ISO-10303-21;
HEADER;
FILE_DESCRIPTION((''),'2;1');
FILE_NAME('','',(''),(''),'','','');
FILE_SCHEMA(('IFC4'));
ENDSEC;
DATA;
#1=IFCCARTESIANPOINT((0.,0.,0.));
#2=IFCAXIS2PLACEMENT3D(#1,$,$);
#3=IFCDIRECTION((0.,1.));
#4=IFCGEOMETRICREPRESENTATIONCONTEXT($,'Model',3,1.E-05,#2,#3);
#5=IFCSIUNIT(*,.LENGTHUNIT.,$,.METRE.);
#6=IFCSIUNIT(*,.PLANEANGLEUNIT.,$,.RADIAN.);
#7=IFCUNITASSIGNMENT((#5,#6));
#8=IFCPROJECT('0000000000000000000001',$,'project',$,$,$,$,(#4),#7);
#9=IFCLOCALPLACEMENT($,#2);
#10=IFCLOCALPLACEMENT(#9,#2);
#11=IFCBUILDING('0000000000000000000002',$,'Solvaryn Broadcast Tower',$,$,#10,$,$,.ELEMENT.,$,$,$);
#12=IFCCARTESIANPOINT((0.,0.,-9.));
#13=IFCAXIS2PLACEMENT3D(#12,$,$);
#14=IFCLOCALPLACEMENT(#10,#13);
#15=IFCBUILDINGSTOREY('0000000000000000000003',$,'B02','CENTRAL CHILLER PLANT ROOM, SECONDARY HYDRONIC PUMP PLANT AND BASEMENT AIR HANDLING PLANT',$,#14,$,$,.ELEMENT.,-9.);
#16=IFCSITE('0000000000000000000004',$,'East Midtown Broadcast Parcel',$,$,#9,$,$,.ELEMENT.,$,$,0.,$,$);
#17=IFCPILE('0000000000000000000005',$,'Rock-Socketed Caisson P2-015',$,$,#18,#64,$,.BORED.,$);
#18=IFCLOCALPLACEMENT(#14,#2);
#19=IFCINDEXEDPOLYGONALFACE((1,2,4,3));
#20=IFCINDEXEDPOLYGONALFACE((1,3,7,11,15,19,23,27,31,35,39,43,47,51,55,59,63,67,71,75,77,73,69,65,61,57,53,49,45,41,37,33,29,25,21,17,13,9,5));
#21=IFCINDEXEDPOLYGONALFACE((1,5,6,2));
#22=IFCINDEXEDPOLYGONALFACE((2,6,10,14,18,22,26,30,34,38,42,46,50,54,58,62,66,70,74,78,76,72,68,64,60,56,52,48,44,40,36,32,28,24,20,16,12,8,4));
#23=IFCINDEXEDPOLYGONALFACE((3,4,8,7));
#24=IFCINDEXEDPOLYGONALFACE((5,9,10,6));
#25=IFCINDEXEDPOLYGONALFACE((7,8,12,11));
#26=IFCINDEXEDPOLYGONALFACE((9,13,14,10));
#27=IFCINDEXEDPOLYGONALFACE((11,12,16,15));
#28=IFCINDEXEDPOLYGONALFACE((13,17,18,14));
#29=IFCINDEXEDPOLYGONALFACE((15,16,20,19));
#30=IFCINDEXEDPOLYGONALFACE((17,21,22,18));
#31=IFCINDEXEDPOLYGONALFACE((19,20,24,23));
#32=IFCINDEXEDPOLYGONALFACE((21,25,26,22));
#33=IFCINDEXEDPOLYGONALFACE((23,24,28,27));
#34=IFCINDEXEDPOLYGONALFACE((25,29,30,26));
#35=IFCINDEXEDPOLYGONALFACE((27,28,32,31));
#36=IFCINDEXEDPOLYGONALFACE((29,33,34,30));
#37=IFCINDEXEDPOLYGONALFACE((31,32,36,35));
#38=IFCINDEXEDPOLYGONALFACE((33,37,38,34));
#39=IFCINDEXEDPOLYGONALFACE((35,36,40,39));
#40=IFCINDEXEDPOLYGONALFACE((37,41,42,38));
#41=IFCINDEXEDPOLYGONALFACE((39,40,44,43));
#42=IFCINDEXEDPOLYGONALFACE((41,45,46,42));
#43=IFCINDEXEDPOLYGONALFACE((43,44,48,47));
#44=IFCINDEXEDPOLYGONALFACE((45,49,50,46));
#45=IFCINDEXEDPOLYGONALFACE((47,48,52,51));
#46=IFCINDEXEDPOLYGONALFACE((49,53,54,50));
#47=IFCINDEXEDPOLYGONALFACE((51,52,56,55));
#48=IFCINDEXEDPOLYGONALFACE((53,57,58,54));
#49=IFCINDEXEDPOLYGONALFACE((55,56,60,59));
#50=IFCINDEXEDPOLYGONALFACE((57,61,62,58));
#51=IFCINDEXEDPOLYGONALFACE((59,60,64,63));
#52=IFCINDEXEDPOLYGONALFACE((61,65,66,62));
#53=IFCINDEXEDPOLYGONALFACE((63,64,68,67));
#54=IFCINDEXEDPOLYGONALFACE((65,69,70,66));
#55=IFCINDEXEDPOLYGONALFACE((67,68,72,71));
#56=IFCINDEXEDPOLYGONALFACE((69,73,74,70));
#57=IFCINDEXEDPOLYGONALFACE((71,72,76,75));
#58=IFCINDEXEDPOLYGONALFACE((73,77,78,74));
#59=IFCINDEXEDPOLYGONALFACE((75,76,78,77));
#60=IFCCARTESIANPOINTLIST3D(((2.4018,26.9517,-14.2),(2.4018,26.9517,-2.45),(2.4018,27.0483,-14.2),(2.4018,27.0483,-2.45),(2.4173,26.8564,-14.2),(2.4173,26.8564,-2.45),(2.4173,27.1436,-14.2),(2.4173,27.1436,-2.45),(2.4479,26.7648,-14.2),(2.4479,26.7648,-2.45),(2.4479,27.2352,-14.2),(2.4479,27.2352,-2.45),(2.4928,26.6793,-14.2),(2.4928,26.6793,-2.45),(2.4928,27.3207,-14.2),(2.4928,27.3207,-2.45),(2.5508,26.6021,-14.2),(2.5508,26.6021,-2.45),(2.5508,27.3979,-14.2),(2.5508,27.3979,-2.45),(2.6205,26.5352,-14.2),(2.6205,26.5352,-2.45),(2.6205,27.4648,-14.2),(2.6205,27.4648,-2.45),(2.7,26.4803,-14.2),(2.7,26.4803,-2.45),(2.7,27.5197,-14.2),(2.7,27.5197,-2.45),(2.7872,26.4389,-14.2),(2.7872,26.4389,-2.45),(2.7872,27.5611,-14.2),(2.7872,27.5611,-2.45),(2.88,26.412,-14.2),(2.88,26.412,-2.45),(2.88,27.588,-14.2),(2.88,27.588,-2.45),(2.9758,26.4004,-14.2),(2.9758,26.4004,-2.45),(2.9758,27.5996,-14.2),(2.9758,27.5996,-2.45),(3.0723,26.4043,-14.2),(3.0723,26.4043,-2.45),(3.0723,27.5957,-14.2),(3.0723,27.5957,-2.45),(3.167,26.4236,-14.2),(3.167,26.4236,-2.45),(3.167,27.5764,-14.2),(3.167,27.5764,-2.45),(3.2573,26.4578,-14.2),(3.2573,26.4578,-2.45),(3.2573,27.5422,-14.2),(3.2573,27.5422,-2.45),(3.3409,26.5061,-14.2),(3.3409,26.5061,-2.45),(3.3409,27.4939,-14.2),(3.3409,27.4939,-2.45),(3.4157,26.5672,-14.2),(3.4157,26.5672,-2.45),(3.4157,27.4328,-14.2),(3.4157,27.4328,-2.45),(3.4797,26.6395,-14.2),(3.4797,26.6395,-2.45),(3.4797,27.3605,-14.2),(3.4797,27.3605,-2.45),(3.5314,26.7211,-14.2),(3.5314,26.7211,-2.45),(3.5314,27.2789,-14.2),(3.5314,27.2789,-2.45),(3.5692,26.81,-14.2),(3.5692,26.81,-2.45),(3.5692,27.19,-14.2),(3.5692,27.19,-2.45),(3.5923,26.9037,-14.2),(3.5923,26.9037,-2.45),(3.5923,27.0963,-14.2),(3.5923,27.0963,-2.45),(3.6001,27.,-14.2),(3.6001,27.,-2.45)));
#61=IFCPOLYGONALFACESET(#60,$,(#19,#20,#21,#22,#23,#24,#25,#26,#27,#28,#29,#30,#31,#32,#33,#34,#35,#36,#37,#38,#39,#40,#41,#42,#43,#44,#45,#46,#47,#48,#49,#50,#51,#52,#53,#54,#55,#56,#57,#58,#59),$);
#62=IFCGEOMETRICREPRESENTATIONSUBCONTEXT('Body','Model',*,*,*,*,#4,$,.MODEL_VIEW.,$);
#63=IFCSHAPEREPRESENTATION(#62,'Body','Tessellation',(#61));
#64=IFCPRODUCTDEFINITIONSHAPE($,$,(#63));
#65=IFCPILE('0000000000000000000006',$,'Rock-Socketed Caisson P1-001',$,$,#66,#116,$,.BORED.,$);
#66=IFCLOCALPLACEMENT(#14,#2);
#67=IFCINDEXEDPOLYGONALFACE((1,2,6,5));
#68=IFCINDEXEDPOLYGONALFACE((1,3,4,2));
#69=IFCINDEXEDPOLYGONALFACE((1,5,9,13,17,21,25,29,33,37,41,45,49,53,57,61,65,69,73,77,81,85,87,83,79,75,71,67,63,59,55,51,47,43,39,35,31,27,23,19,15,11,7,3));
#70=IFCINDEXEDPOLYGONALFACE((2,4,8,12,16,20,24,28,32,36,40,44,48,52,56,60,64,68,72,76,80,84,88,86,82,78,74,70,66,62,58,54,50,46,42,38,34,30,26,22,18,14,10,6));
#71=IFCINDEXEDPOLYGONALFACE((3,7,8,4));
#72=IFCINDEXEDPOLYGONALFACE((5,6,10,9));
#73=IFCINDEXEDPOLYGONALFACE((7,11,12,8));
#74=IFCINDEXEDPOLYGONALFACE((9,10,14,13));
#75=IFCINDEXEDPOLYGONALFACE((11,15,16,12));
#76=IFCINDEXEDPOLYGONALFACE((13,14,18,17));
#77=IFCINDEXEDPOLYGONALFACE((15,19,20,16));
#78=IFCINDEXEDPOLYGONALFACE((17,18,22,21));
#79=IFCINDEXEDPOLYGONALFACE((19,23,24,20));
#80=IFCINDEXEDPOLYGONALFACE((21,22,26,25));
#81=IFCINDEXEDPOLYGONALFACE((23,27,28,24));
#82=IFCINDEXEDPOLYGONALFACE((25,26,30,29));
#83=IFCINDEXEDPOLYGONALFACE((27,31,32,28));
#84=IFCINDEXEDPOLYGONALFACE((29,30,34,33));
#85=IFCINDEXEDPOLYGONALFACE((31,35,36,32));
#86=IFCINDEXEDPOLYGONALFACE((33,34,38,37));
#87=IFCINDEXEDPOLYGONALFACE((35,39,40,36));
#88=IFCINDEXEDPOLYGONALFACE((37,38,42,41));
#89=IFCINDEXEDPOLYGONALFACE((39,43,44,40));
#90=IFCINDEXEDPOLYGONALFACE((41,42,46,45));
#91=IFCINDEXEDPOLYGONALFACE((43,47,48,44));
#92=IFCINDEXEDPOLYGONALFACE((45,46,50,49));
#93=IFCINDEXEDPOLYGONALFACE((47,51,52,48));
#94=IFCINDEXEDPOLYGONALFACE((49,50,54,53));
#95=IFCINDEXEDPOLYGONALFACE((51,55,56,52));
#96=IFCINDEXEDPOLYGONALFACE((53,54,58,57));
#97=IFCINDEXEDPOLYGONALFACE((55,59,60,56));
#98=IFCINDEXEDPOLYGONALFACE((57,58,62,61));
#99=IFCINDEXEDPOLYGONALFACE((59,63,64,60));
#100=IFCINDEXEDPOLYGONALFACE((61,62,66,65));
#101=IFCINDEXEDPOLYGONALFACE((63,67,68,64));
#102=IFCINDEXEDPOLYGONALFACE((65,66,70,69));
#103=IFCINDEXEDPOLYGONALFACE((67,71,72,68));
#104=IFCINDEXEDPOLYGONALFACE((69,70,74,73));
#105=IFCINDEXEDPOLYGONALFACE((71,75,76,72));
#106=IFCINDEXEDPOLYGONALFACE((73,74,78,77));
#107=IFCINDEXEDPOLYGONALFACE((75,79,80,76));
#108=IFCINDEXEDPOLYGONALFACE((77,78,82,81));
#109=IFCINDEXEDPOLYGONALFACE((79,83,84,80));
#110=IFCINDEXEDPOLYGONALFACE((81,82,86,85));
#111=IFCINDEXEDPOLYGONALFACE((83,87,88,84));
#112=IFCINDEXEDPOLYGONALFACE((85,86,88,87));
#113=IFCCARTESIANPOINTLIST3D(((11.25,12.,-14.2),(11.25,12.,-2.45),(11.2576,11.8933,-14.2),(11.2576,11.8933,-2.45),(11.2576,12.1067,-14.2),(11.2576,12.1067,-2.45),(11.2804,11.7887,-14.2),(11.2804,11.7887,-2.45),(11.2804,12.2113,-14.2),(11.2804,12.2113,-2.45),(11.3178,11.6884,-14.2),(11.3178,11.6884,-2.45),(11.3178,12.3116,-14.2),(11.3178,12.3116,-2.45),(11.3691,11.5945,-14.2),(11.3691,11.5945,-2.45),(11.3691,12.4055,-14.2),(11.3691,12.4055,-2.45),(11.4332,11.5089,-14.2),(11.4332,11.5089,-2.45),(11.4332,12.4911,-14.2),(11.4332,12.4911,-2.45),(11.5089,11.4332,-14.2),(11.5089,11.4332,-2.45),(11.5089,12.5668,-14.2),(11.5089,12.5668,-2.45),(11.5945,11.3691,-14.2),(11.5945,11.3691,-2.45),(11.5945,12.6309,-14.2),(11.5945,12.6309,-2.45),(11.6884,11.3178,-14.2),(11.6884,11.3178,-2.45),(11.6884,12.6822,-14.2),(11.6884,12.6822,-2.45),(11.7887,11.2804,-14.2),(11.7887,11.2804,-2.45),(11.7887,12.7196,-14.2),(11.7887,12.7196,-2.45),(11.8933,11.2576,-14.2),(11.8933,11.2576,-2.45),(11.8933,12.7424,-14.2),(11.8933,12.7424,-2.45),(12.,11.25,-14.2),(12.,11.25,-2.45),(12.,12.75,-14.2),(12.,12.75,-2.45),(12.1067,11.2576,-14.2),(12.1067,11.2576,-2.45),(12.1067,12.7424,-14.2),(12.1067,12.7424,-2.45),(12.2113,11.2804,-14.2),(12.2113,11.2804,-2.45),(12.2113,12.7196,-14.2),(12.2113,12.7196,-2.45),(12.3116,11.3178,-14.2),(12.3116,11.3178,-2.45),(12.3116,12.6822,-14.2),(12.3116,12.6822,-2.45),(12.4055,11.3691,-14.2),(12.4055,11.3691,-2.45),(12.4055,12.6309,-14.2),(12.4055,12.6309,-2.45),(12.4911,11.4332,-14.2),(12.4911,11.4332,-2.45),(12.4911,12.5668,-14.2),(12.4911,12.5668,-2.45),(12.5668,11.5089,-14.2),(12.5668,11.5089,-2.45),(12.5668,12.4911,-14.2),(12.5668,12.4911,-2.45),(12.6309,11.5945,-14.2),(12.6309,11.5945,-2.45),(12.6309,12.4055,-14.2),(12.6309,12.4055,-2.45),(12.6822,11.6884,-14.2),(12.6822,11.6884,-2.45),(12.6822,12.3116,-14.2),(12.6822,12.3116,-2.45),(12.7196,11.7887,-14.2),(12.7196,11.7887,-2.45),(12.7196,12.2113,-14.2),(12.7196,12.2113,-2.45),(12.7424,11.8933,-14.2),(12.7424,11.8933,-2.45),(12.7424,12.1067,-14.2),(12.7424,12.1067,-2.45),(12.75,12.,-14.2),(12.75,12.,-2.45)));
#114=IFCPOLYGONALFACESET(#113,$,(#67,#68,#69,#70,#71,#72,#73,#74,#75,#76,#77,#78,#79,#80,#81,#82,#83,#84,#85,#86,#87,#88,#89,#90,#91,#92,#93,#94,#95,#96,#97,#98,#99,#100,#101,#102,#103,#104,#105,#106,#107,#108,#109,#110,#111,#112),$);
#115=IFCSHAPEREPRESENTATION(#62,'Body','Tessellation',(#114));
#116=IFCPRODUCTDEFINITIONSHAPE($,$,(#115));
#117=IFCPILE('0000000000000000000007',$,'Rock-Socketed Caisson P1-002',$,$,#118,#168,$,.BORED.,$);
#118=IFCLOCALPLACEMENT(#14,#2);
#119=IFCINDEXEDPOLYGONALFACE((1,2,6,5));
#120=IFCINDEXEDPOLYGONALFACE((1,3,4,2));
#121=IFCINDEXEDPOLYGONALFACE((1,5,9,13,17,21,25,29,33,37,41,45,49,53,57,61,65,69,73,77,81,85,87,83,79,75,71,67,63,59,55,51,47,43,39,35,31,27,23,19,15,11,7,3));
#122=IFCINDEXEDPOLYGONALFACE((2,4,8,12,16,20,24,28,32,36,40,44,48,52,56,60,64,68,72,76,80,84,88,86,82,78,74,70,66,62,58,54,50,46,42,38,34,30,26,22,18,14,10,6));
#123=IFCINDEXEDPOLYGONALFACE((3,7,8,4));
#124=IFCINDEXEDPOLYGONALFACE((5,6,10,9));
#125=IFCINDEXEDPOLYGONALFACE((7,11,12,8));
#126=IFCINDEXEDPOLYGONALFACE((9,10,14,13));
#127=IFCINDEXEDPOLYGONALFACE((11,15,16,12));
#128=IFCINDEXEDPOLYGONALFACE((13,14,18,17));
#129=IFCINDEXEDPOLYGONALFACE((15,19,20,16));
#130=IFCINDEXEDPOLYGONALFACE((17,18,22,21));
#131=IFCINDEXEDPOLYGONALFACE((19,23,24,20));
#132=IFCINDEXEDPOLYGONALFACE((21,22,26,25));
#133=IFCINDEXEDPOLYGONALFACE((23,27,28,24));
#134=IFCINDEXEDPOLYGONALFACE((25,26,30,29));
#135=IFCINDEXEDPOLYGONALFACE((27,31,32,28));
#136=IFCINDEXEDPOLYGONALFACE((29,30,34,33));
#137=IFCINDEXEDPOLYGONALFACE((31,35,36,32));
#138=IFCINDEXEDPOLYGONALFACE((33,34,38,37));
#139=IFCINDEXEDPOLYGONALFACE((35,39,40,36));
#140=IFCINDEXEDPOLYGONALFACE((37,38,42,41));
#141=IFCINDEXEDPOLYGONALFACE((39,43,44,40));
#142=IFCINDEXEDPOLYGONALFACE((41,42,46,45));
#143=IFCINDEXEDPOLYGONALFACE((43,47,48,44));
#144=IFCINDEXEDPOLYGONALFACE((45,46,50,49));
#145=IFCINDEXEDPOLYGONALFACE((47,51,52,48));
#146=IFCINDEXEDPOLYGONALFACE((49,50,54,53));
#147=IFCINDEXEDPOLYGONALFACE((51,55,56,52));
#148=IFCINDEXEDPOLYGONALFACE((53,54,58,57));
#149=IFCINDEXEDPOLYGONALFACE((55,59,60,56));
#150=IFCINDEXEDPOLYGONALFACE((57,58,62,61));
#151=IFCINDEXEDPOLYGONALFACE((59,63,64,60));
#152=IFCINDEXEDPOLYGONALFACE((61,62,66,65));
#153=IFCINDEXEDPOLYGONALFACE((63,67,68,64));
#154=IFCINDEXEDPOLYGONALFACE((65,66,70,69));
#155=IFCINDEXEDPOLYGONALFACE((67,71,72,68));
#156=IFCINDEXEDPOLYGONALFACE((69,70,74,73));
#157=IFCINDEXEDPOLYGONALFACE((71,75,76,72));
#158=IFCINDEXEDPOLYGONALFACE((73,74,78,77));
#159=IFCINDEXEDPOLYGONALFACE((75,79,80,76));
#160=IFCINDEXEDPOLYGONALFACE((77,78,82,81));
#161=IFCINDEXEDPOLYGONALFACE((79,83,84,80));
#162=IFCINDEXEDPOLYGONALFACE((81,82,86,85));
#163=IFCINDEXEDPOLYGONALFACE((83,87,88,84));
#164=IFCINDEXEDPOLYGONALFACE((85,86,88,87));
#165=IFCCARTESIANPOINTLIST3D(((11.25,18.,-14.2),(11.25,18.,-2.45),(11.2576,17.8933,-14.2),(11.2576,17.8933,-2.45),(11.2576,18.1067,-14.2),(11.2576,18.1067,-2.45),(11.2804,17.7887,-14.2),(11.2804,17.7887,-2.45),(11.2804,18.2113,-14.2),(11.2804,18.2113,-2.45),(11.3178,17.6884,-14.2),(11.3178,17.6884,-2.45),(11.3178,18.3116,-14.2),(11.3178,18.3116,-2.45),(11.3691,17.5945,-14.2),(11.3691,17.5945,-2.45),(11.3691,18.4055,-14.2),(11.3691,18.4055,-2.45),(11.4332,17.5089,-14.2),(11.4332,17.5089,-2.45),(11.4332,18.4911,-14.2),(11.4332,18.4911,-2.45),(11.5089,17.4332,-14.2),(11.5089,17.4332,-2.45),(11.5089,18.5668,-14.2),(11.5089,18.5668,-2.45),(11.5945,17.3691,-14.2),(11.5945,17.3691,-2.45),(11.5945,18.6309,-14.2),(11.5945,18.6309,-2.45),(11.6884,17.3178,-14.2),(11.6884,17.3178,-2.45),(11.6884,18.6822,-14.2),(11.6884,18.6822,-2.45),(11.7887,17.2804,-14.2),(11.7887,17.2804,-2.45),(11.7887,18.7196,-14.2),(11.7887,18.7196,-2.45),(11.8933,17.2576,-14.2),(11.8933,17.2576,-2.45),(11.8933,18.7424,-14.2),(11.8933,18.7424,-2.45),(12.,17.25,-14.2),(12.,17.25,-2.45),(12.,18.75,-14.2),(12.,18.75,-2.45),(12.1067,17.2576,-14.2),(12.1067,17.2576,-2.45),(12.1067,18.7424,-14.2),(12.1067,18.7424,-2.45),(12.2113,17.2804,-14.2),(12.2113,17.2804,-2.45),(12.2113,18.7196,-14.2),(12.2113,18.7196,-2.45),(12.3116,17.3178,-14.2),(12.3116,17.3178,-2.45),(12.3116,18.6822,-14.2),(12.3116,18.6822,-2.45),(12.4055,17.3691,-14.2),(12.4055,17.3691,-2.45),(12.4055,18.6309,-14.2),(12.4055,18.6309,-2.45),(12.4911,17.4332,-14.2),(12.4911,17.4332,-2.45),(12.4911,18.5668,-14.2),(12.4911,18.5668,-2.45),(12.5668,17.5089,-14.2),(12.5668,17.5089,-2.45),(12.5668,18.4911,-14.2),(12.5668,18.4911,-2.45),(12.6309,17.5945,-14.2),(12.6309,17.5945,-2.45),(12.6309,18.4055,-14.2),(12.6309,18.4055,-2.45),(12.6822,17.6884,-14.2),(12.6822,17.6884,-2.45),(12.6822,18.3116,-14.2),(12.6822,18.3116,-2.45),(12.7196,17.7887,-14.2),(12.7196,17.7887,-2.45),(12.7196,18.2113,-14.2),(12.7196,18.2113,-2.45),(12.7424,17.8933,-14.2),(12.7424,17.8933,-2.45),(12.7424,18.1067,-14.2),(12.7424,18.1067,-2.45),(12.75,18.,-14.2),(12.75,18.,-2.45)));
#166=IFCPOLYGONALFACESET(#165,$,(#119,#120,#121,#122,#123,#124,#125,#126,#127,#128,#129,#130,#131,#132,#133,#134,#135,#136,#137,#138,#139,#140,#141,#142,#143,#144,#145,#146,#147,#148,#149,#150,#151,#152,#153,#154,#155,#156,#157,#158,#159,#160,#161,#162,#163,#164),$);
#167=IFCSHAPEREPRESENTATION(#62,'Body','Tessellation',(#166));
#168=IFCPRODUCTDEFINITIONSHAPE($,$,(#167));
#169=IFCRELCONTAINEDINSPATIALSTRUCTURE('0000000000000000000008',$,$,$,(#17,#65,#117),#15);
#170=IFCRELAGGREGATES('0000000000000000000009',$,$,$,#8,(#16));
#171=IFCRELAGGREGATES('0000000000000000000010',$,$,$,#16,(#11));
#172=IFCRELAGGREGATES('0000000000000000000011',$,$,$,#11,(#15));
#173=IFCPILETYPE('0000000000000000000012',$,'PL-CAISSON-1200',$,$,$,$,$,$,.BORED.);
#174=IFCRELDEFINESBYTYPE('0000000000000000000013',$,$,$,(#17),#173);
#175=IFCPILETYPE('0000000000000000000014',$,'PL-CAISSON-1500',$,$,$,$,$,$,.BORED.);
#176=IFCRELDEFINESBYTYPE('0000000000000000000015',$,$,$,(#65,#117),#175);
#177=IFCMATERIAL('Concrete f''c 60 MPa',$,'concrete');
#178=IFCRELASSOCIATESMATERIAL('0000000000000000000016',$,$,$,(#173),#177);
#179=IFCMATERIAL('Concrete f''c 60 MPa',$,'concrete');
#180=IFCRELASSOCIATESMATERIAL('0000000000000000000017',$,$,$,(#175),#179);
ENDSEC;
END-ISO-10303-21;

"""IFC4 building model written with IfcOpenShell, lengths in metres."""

from ifc_helpers import new_model, si_unit, direction, frame, origin, origin_2d, place, context, subcontext, project, spatial, circle, extrude, material, material_profile, profile_set, type_object, element, save


model = new_model("IFC4")

# Units and contexts
model_context = context("Model", 3, precision=1e-05, world=origin(), true_north=direction((0.0, 1.0)))
body_context = subcontext(model_context, "Body", "Model", "MODEL_VIEW")
ifc_project = project(units=[si_unit("LENGTHUNIT", "METRE"), si_unit("PLANEANGLEUNIT", "RADIAN")], contexts=[model_context])

# Site, building, storey
site_placement = place(None, origin())
site = spatial("IfcSite", under=ifc_project, at=site_placement, Name="East Midtown Broadcast Parcel", CompositionType="ELEMENT", RefElevation=0.0)
building_placement = place(site_placement, origin())
building = spatial("IfcBuilding", under=site, at=building_placement, Name="Solvaryn Broadcast Tower", CompositionType="ELEMENT")
storey_placement = place(building_placement, frame((0.0, 0.0, -9.0)))
storey = spatial("IfcBuildingStorey", under=building, at=storey_placement, Name="B02", Description="CENTRAL CHILLER PLANT ROOM, SECONDARY HYDRONIC PUMP PLANT AND BASEMENT AIR HANDLING PLANT", CompositionType="ELEMENT", Elevation=-9.0)

# Piles
ifc_material_1 = material(Name="Concrete f'c 60 MPa", Category="concrete")
ifc_material_profile_1 = material_profile(ifc_material_1, circle(Radius=0.6001, at=origin_2d()))
ifc_profile_set_1 = profile_set([ifc_material_profile_1], Name="Concrete f'c 60 MPa")
pile_type_1 = type_object("IfcPileType", Name="PL-CAISSON-1200", PredefinedType="BORED", material=ifc_profile_set_1)
pile_placement = place(storey_placement, frame((3.0, 27.0, -2.45), z_axis=(0.0, 0.0, -1.0), x_axis=(1.0, 0.0, 0.0)))
element("IfcPile", 1, at=pile_placement, inside=storey, type_object=pile_type_1, Name="Rock-Socketed Caisson P2-015", PredefinedType="BORED", context=body_context, shape_type="SweptSolid", body=[
    extrude(circle(Radius=0.6001, at=origin_2d()), origin(), (0.0, 0.0, 1.0), 11.75),
])
ifc_material_2 = material(Name="Concrete f'c 60 MPa", Category="concrete")
ifc_material_profile_2 = material_profile(ifc_material_2, circle(Radius=0.75, at=origin_2d()))
ifc_profile_set_2 = profile_set([ifc_material_profile_2], Name="Concrete f'c 60 MPa")
pile_type_2 = type_object("IfcPileType", Name="PL-CAISSON-1500", PredefinedType="BORED", material=ifc_profile_set_2)
for number, where, z_axis, x_axis, name in (
    (2, (12.0, 12.0, -2.45), (0.0, 0.0, -1.0), (1.0, 0.0, 0.0), "Rock-Socketed Caisson P1-001"),
    (3, (12.0, 18.0, -2.45), (0.0, 0.0, -1.0), (1.0, 0.0, 0.0), "Rock-Socketed Caisson P1-002"),
):
    element("IfcPile", number, at=place(storey_placement, frame(where, z_axis=z_axis, x_axis=x_axis)), inside=storey, type_object=pile_type_2, Name=name, PredefinedType="BORED", context=body_context, shape_type="SweptSolid", body=[
        extrude(circle(Radius=0.75, at=origin_2d()), origin(), (0.0, 0.0, 1.0), 11.75),
    ])

save(model, "model.ifc")
